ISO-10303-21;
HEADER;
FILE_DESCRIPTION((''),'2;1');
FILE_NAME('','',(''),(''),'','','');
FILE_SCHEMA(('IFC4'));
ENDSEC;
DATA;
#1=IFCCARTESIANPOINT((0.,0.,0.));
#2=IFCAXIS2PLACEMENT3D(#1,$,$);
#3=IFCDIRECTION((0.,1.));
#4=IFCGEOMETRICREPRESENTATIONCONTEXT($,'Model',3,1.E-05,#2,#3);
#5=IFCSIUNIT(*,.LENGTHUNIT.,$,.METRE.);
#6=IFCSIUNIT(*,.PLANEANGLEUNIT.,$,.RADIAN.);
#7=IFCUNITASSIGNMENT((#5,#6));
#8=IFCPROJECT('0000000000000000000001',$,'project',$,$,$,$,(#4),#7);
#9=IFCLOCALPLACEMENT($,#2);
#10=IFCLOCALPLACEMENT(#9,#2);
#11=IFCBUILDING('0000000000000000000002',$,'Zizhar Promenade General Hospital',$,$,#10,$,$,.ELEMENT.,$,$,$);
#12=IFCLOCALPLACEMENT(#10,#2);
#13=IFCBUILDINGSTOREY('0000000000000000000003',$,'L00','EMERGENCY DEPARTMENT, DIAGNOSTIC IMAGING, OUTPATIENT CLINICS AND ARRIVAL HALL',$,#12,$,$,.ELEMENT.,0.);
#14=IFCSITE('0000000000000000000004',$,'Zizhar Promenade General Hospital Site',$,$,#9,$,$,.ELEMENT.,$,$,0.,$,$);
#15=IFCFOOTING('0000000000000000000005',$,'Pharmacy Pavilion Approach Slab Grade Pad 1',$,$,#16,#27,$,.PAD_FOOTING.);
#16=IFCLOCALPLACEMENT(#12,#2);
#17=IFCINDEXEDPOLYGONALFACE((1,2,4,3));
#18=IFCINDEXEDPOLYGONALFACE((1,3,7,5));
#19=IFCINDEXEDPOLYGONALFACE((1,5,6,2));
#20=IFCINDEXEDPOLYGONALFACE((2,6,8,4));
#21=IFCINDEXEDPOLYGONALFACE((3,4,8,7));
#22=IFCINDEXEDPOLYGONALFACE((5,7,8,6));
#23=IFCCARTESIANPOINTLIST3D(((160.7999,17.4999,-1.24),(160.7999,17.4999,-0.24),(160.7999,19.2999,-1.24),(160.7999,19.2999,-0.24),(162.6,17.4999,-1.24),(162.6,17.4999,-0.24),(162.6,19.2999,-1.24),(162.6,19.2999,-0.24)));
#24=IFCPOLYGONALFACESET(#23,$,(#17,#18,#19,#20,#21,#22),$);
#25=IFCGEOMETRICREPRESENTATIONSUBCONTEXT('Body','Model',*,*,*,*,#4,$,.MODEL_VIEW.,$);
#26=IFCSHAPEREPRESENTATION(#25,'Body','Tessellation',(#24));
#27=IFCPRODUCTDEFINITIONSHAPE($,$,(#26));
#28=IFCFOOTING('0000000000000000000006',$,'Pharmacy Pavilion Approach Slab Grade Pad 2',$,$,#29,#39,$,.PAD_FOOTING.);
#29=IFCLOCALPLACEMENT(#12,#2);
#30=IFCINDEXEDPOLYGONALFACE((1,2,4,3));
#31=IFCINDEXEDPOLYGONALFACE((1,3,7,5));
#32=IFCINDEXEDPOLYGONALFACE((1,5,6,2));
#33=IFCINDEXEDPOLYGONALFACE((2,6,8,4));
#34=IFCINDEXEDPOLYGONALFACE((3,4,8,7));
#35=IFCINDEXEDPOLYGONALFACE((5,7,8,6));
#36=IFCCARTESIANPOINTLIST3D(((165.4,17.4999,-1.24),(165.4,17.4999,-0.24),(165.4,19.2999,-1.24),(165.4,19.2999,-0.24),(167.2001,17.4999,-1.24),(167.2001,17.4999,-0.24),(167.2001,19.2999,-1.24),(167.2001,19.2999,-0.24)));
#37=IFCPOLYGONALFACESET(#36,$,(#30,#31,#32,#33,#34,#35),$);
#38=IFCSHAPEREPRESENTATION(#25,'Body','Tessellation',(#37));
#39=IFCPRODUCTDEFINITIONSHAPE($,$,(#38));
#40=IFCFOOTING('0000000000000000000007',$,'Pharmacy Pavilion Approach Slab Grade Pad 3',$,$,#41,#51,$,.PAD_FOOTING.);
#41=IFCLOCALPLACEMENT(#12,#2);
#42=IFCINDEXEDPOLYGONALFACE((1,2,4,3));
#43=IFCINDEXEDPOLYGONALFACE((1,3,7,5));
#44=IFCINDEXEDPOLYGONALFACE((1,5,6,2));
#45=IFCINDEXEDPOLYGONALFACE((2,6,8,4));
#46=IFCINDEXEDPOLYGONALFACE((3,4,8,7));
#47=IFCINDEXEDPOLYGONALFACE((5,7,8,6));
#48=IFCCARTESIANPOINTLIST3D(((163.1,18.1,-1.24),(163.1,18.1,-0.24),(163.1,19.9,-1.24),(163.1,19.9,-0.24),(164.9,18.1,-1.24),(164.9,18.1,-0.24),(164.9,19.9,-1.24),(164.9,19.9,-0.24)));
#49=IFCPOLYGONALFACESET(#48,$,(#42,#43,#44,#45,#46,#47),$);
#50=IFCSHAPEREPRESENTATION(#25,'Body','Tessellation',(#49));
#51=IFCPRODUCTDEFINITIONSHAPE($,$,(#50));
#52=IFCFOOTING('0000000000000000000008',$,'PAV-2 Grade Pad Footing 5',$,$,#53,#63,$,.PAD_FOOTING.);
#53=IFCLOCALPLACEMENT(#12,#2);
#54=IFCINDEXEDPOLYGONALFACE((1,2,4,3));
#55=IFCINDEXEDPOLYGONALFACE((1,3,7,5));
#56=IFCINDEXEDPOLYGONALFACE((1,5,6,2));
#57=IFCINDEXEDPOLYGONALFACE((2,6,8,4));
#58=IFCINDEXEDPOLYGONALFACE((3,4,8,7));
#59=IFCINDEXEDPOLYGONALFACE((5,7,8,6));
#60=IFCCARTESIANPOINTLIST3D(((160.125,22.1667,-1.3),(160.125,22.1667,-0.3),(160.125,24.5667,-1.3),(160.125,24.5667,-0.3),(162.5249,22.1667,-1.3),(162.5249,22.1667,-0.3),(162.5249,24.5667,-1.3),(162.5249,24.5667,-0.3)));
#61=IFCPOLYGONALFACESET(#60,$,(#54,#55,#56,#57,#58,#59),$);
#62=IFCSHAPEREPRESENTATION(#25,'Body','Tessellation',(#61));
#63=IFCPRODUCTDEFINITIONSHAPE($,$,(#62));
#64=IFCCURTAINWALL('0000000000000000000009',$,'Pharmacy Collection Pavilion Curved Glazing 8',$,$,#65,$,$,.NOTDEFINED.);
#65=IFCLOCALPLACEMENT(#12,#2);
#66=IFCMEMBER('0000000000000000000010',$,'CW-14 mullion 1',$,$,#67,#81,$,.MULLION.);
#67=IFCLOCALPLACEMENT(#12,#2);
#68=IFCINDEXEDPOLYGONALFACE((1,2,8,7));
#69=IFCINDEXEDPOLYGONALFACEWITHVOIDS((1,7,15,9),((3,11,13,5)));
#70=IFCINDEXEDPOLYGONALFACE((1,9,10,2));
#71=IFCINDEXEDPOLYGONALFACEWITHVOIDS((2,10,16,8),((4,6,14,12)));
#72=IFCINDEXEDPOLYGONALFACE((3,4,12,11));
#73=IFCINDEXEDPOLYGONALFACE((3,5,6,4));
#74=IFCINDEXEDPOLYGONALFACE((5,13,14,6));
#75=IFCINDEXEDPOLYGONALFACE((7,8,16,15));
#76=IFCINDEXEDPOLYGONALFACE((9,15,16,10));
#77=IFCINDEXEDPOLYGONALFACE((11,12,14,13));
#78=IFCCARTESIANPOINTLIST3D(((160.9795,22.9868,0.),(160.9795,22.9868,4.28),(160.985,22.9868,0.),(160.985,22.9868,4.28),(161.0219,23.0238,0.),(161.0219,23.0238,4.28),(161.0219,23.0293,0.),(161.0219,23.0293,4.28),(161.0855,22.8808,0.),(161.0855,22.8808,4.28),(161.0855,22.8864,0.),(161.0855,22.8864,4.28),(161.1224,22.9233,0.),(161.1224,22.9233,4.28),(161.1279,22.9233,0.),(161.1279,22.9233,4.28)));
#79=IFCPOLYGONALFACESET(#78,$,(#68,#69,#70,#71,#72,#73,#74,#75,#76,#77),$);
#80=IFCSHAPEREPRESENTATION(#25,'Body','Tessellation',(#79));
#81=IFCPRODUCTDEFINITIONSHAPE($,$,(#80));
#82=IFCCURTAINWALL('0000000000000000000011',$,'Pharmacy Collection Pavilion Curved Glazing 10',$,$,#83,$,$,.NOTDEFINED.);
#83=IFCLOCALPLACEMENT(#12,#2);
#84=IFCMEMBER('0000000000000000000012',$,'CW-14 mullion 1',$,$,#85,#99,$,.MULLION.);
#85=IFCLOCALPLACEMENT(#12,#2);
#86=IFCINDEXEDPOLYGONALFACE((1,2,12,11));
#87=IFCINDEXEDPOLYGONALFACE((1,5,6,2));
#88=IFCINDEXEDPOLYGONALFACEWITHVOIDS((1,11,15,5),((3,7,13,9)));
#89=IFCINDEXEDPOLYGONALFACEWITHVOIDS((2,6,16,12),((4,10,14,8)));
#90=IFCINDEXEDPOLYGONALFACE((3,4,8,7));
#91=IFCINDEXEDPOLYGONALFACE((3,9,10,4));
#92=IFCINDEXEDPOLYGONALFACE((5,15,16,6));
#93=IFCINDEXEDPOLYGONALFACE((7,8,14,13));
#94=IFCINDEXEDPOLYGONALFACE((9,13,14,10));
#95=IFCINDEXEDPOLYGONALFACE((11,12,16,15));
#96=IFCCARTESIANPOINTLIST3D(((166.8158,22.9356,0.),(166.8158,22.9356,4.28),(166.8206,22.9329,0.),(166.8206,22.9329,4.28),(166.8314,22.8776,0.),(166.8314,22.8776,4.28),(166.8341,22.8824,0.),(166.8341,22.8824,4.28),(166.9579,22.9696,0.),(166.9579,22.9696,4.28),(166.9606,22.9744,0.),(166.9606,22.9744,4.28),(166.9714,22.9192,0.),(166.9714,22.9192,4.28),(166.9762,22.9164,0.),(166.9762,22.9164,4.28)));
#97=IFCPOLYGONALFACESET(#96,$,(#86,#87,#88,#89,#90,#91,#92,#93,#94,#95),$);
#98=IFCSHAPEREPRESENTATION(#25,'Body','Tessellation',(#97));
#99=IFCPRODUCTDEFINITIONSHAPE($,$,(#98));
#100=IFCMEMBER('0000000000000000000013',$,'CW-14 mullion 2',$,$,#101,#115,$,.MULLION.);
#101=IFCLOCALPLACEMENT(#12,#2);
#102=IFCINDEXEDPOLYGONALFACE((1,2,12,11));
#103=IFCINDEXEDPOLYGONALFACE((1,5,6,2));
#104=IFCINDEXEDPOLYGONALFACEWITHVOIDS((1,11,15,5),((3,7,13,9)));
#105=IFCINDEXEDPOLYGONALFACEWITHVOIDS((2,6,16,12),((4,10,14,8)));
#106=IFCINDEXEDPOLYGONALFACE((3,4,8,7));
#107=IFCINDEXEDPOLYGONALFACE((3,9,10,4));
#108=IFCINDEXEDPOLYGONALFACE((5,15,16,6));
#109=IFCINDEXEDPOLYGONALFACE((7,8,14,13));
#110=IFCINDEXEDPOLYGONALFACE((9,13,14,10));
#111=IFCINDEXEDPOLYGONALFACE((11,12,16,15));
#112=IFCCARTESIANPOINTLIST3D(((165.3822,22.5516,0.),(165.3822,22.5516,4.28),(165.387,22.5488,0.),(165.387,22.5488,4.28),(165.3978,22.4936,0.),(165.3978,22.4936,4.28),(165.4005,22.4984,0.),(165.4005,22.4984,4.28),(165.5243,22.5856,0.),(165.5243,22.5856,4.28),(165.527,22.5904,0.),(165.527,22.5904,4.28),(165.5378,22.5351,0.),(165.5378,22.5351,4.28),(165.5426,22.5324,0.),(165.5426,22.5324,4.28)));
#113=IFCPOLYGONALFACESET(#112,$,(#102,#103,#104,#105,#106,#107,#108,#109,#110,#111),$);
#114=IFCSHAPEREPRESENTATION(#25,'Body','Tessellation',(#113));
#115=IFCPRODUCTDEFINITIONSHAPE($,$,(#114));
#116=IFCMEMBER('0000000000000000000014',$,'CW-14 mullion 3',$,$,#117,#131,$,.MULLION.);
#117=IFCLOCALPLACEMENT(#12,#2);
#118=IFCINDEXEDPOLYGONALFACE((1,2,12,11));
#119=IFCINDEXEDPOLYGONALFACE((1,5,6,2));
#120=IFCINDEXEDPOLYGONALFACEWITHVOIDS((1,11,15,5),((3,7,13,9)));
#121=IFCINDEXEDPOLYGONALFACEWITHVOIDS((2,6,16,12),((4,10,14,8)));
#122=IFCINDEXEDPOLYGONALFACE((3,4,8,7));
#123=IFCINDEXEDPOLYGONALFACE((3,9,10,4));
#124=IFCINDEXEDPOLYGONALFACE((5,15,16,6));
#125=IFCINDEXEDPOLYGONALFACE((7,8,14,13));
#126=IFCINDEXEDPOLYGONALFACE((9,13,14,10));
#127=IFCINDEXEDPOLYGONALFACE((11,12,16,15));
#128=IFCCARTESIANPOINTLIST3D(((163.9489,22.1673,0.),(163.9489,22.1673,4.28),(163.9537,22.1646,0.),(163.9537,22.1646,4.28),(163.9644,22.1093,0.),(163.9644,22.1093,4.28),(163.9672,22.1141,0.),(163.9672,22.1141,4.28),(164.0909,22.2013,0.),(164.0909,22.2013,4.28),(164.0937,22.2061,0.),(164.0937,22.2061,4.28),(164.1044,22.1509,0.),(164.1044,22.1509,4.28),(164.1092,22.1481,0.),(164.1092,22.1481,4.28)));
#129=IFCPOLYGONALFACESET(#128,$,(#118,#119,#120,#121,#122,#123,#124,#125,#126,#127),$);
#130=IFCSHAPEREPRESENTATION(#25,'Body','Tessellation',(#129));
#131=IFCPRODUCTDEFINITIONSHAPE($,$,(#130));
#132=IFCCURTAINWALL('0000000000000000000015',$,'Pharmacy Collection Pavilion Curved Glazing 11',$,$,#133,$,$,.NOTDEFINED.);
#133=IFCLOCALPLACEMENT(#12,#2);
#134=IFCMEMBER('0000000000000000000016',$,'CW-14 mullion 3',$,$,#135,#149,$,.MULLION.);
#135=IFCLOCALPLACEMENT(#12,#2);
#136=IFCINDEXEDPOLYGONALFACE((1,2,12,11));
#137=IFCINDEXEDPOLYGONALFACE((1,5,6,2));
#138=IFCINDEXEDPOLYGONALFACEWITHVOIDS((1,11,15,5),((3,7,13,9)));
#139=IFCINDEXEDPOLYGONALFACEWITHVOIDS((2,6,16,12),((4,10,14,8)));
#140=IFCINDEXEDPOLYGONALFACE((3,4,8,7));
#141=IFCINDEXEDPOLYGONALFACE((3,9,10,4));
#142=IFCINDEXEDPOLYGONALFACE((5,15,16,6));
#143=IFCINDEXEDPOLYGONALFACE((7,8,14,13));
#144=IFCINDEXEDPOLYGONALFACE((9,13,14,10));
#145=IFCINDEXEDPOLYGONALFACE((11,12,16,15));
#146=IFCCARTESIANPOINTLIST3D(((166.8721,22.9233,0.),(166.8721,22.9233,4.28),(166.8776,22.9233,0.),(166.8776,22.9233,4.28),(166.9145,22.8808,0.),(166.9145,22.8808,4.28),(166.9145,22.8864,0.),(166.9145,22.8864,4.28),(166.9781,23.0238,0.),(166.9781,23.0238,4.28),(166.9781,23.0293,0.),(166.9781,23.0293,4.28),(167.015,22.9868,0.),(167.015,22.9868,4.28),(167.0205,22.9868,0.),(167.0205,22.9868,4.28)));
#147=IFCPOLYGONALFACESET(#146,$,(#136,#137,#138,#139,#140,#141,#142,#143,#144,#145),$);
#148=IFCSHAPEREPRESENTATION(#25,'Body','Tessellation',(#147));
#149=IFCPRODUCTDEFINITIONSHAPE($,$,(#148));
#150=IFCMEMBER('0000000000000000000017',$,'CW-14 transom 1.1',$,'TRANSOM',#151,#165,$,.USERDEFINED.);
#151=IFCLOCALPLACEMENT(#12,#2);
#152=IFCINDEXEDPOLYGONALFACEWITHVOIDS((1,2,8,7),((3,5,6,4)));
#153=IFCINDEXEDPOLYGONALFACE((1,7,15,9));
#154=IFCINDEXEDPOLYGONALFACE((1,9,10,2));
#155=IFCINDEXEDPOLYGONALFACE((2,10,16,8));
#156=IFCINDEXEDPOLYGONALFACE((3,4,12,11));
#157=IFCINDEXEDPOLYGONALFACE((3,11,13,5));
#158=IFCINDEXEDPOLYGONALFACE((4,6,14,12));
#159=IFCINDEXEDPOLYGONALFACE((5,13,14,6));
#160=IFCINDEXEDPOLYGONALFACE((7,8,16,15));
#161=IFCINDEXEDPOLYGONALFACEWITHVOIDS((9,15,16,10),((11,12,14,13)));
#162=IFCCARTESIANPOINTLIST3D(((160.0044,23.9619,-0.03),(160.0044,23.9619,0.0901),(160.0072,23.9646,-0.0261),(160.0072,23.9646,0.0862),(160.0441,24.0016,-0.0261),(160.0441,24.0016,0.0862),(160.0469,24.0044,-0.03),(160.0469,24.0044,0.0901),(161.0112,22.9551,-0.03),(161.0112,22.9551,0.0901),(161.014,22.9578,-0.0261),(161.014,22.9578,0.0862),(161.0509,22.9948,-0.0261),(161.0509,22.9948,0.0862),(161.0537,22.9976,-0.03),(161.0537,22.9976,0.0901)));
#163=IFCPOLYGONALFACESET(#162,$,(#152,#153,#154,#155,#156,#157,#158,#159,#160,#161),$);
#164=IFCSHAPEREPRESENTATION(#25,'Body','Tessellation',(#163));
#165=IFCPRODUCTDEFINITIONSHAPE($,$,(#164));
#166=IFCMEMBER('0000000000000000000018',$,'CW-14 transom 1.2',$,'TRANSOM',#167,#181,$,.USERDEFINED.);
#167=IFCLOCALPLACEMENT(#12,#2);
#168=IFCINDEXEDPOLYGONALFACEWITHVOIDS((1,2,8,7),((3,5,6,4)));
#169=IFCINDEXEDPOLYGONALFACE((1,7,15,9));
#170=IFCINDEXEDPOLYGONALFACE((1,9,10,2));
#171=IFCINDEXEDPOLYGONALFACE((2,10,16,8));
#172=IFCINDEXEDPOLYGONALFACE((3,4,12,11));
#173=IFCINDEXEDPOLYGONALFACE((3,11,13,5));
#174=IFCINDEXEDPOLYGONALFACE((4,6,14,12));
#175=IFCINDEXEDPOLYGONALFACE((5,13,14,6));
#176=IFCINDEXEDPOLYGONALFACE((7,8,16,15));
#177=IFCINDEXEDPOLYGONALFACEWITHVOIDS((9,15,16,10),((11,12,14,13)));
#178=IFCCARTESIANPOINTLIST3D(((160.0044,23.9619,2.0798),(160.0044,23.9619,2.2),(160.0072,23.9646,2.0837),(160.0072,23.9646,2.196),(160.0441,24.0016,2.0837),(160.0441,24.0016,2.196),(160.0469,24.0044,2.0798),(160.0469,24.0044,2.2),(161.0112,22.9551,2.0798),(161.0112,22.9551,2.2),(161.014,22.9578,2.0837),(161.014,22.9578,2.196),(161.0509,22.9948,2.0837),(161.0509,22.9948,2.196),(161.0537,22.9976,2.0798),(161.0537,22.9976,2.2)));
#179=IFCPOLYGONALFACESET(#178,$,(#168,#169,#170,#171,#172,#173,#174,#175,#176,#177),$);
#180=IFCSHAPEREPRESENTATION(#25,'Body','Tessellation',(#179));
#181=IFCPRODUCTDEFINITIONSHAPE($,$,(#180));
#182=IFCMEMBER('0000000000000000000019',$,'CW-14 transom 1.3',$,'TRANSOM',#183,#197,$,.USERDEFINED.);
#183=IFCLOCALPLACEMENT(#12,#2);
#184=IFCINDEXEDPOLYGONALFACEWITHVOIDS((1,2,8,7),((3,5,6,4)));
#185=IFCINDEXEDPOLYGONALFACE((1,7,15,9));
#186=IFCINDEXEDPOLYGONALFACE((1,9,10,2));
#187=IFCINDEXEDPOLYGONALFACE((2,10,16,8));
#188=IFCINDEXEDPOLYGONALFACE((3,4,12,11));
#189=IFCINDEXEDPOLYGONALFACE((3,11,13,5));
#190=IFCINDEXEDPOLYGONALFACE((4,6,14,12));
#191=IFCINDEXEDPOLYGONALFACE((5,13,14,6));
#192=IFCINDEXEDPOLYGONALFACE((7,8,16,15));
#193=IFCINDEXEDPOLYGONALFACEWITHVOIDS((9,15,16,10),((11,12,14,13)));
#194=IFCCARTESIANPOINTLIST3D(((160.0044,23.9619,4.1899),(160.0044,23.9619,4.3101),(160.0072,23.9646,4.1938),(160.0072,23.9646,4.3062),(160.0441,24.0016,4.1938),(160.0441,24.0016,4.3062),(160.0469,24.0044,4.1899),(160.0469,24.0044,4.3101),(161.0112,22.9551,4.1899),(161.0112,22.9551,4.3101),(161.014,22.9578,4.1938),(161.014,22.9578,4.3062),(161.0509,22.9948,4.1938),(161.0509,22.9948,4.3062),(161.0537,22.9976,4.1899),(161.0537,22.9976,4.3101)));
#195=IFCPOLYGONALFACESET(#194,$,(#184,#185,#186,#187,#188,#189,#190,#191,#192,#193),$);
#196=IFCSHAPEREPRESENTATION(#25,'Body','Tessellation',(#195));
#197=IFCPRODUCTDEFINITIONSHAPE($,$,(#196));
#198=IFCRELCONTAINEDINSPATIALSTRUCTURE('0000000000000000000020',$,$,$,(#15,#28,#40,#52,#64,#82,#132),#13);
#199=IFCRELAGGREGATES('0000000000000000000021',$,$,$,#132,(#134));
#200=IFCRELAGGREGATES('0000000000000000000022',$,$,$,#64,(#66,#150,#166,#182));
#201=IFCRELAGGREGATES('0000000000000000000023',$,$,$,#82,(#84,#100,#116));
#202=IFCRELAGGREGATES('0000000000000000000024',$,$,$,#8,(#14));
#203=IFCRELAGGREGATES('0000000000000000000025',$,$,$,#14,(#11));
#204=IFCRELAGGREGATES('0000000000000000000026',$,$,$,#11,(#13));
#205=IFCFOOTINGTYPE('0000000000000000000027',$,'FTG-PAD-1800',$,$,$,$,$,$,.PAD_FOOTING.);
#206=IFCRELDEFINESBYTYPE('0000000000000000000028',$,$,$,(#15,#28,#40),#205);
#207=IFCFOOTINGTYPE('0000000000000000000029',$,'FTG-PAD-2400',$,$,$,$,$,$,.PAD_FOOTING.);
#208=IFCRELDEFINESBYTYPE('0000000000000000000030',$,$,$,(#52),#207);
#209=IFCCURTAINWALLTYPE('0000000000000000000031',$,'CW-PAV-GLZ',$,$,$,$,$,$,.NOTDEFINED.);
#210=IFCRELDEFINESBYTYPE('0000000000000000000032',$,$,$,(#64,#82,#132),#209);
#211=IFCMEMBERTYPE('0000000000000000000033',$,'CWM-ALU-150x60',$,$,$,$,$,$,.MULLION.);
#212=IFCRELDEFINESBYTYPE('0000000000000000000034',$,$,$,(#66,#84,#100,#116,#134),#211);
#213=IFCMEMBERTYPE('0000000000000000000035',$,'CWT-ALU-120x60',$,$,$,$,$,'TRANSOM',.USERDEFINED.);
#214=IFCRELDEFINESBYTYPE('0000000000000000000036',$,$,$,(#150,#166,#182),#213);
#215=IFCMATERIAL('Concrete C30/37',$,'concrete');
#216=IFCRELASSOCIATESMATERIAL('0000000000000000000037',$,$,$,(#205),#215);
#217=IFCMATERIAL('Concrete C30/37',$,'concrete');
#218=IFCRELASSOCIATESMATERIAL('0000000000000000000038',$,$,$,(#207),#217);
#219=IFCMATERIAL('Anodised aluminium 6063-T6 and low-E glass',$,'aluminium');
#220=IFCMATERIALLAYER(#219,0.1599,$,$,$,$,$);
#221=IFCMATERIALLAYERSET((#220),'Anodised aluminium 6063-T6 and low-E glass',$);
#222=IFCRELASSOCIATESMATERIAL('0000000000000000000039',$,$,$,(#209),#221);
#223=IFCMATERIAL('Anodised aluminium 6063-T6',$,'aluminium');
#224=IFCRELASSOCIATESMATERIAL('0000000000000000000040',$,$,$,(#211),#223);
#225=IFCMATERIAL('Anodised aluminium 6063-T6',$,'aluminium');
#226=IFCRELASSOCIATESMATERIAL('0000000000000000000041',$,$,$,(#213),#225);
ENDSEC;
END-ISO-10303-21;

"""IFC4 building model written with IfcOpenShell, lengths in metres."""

from ifc_helpers import new_model, si_unit, direction, frame, origin, origin_2d, place, context, subcontext, project, spatial, rectangle, hollow_rectangle, extrude, material, layer, layer_set, material_profile, profile_set, type_object, element, aggregate, save


model = new_model("IFC4")

# Units and contexts
model_context = context("Model", 3, precision=1e-05, world=origin(), true_north=direction((0.0, 1.0)))
body_context = subcontext(model_context, "Body", "Model", "MODEL_VIEW")
ifc_project = project(units=[si_unit("LENGTHUNIT", "METRE"), si_unit("PLANEANGLEUNIT", "RADIAN")], contexts=[model_context])

# Site, building, storey
site_placement = place(None, origin())
site = spatial("IfcSite", under=ifc_project, at=site_placement, Name="Zizhar Promenade General Hospital Site", CompositionType="ELEMENT", RefElevation=0.0)
building_placement = place(site_placement, origin())
building = spatial("IfcBuilding", under=site, at=building_placement, Name="Zizhar Promenade General Hospital", CompositionType="ELEMENT")
storey_placement = place(building_placement, origin())
storey = spatial("IfcBuildingStorey", under=building, at=storey_placement, Name="L00", Description="EMERGENCY DEPARTMENT, DIAGNOSTIC IMAGING, OUTPATIENT CLINICS AND ARRIVAL HALL", CompositionType="ELEMENT", Elevation=0.0)

# Footings
ifc_material_1 = material(Name="Concrete C30/37", Category="concrete")
footing_type_1 = type_object("IfcFootingType", Name="FTG-PAD-1800", PredefinedType="PAD_FOOTING", material=ifc_material_1)
for number, where, z_axis, x_axis, name in (
    (1, (161.7, 18.3999, -1.24), (0.0, 0.0, 1.0), (1.0, 0.0, 0.0), "Pharmacy Pavilion Approach Slab Grade Pad 1"),
    (2, (166.3, 18.3999, -1.24), (0.0, 0.0, 1.0), (1.0, 0.0, 0.0), "Pharmacy Pavilion Approach Slab Grade Pad 2"),
    (3, (164.0, 19.0, -1.24), (0.0, 0.0, 1.0), (1.0, 0.0, 0.0), "Pharmacy Pavilion Approach Slab Grade Pad 3"),
):
    element("IfcFooting", number, at=place(storey_placement, frame(where, z_axis=z_axis, x_axis=x_axis)), inside=storey, type_object=footing_type_1, Name=name, PredefinedType="PAD_FOOTING", context=body_context, shape_type="SweptSolid", body=[
        extrude(rectangle(XDim=1.8, YDim=1.8, at=origin_2d()), origin(), (0.0, 0.0, 1.0), 1.0),
    ])
ifc_material_2 = material(Name="Concrete C30/37", Category="concrete")
footing_type_2 = type_object("IfcFootingType", Name="FTG-PAD-2400", PredefinedType="PAD_FOOTING", material=ifc_material_2)
footing_placement = place(storey_placement, frame((161.325, 23.3667, -1.3), z_axis=(0.0, 0.0, 1.0), x_axis=(1.0, 0.0, 0.0)))
element("IfcFooting", 4, at=footing_placement, inside=storey, type_object=footing_type_2, Name="PAV-2 Grade Pad Footing 5", PredefinedType="PAD_FOOTING", context=body_context, shape_type="SweptSolid", body=[
    extrude(rectangle(XDim=2.3999, YDim=2.3999, at=origin_2d()), origin(), (0.0, 0.0, 1.0), 1.0),
])

# Curtain wall, member
ifc_material_3 = material(Name="Anodised aluminium 6063-T6 and low-E glass", Category="aluminium")
ifc_layer_1 = layer(ifc_material_3, 0.1599)
ifc_layer_set_1 = layer_set([ifc_layer_1], Name="Anodised aluminium 6063-T6 and low-E glass")
curtain_wall_type = type_object("IfcCurtainWallType", Name="CW-PAV-GLZ", PredefinedType="NOTDEFINED", material=ifc_layer_set_1)
curtain_wall_1_placement = place(storey_placement, origin())
curtain_wall_1 = element("IfcCurtainWall", 5, at=curtain_wall_1_placement, inside=storey, type_object=curtain_wall_type, Name="Pharmacy Collection Pavilion Curved Glazing 8", PredefinedType="NOTDEFINED")
ifc_material_4 = material(Name="Anodised aluminium 6063-T6", Category="aluminium")
ifc_material_profile_1 = material_profile(ifc_material_4, hollow_rectangle(XDim=0.0601, YDim=0.1499, WallThickness=0.0039, at=origin_2d()))
ifc_profile_set_1 = profile_set([ifc_material_profile_1], Name="Anodised aluminium 6063-T6")
member_type_1 = type_object("IfcMemberType", Name="CWM-ALU-150x60", PredefinedType="MULLION", material=ifc_profile_set_1)
member_1_placement = place(storey_placement, frame((161.0537, 22.9551, 0.0), z_axis=(0.0, 0.0, 1.0), x_axis=(-0.707107, -0.707107, 0.0)))
member_1 = element("IfcMember", 6, at=member_1_placement, type_object=member_type_1, Name="CW-14 mullion 1", PredefinedType="MULLION", context=body_context, shape_type="SweptSolid", body=[
    extrude(hollow_rectangle(XDim=0.0601, YDim=0.1499, WallThickness=0.0039, at=origin_2d()), origin(), (0.0, 0.0, 1.0), 4.28),
])

# Curtain wall, members
curtain_wall_2_placement = place(storey_placement, origin())
curtain_wall_2 = element("IfcCurtainWall", 7, at=curtain_wall_2_placement, inside=storey, type_object=curtain_wall_type, Name="Pharmacy Collection Pavilion Curved Glazing 10", PredefinedType="NOTDEFINED")
member_2_placement = place(storey_placement, frame((166.896, 22.926, 0.0), z_axis=(0.0, 0.0, 1.0), x_axis=(0.258834, -0.965922, 0.0)))
member_2 = element("IfcMember", 8, at=member_2_placement, type_object=member_type_1, Name="CW-14 mullion 1", PredefinedType="MULLION", context=body_context, shape_type="SweptSolid", body=[
    extrude(hollow_rectangle(XDim=0.0601, YDim=0.1499, WallThickness=0.0039, at=origin_2d()), origin(), (0.0, 0.0, 1.0), 4.28),
])
member_3_placement = place(storey_placement, frame((165.4624, 22.542, 0.0), z_axis=(0.0, 0.0, 1.0), x_axis=(0.258834, -0.965922, 0.0)))
member_3 = element("IfcMember", 9, at=member_3_placement, type_object=member_type_1, Name="CW-14 mullion 2", PredefinedType="MULLION", context=body_context, shape_type="SweptSolid", body=[
    extrude(hollow_rectangle(XDim=0.0601, YDim=0.1499, WallThickness=0.0039, at=origin_2d()), origin(), (0.0, 0.0, 1.0), 4.28),
])
member_4_placement = place(storey_placement, frame((164.0291, 22.1577, 0.0), z_axis=(0.0, 0.0, 1.0), x_axis=(0.258834, -0.965922, 0.0)))
member_4 = element("IfcMember", 10, at=member_4_placement, type_object=member_type_1, Name="CW-14 mullion 3", PredefinedType="MULLION", context=body_context, shape_type="SweptSolid", body=[
    extrude(hollow_rectangle(XDim=0.0601, YDim=0.1499, WallThickness=0.0039, at=origin_2d()), origin(), (0.0, 0.0, 1.0), 4.28),
])

# Curtain wall, member
curtain_wall_3_placement = place(storey_placement, origin())
curtain_wall_3 = element("IfcCurtainWall", 11, at=curtain_wall_3_placement, inside=storey, type_object=curtain_wall_type, Name="Pharmacy Collection Pavilion Curved Glazing 11", PredefinedType="NOTDEFINED")
member_5_placement = place(storey_placement, frame((166.9463, 22.9551, 0.0), z_axis=(0.0, 0.0, 1.0), x_axis=(0.707107, -0.707107, 0.0)))
member_5 = element("IfcMember", 12, at=member_5_placement, type_object=member_type_1, Name="CW-14 mullion 3", PredefinedType="MULLION", context=body_context, shape_type="SweptSolid", body=[
    extrude(hollow_rectangle(XDim=0.0601, YDim=0.1499, WallThickness=0.0039, at=origin_2d()), origin(), (0.0, 0.0, 1.0), 4.28),
])
aggregate(curtain_wall_3, [member_5])

# Members
ifc_material_5 = material(Name="Anodised aluminium 6063-T6", Category="aluminium")
ifc_material_profile_2 = material_profile(ifc_material_5, hollow_rectangle(XDim=0.0601, YDim=0.1201, WallThickness=0.0039, at=origin_2d()))
ifc_profile_set_2 = profile_set([ifc_material_profile_2], Name="Anodised aluminium 6063-T6")
member_type_2 = type_object("IfcMemberType", Name="CWT-ALU-120x60", ElementType="TRANSOM", PredefinedType="USERDEFINED", material=ifc_profile_set_2)
member_6_placement = place(storey_placement, frame((161.0325, 22.9763, 0.03), z_axis=(-0.707107, 0.707107, 0.0), x_axis=(-0.707107, -0.707107, 0.0)))
member_6 = element("IfcMember", 13, at=member_6_placement, type_object=member_type_2, Name="CW-14 transom 1.1", ObjectType="TRANSOM", PredefinedType="USERDEFINED", context=body_context, shape_type="SweptSolid", body=[
    extrude(hollow_rectangle(XDim=0.0601, YDim=0.1201, WallThickness=0.0039, at=origin_2d()), origin(), (0.0, 0.0, 1.0), 1.4238),
])
member_7_placement = place(storey_placement, frame((161.0325, 22.9763, 2.1399), z_axis=(-0.707107, 0.707107, 0.0), x_axis=(-0.707107, -0.707107, 0.0)))
member_7 = element("IfcMember", 14, at=member_7_placement, type_object=member_type_2, Name="CW-14 transom 1.2", ObjectType="TRANSOM", PredefinedType="USERDEFINED", context=body_context, shape_type="SweptSolid", body=[
    extrude(hollow_rectangle(XDim=0.0601, YDim=0.1201, WallThickness=0.0039, at=origin_2d()), origin(), (0.0, 0.0, 1.0), 1.4238),
])
member_8_placement = place(storey_placement, frame((161.0325, 22.9763, 4.25), z_axis=(-0.707107, 0.707107, 0.0), x_axis=(-0.707107, -0.707107, 0.0)))
member_8 = element("IfcMember", 15, at=member_8_placement, type_object=member_type_2, Name="CW-14 transom 1.3", ObjectType="TRANSOM", PredefinedType="USERDEFINED", context=body_context, shape_type="SweptSolid", body=[
    extrude(hollow_rectangle(XDim=0.0601, YDim=0.1201, WallThickness=0.0039, at=origin_2d()), origin(), (0.0, 0.0, 1.0), 1.4238),
])
aggregate(curtain_wall_1, [member_1, member_6, member_7, member_8])

aggregate(curtain_wall_2, [member_2, member_3, member_4])

save(model, "model.ifc")
